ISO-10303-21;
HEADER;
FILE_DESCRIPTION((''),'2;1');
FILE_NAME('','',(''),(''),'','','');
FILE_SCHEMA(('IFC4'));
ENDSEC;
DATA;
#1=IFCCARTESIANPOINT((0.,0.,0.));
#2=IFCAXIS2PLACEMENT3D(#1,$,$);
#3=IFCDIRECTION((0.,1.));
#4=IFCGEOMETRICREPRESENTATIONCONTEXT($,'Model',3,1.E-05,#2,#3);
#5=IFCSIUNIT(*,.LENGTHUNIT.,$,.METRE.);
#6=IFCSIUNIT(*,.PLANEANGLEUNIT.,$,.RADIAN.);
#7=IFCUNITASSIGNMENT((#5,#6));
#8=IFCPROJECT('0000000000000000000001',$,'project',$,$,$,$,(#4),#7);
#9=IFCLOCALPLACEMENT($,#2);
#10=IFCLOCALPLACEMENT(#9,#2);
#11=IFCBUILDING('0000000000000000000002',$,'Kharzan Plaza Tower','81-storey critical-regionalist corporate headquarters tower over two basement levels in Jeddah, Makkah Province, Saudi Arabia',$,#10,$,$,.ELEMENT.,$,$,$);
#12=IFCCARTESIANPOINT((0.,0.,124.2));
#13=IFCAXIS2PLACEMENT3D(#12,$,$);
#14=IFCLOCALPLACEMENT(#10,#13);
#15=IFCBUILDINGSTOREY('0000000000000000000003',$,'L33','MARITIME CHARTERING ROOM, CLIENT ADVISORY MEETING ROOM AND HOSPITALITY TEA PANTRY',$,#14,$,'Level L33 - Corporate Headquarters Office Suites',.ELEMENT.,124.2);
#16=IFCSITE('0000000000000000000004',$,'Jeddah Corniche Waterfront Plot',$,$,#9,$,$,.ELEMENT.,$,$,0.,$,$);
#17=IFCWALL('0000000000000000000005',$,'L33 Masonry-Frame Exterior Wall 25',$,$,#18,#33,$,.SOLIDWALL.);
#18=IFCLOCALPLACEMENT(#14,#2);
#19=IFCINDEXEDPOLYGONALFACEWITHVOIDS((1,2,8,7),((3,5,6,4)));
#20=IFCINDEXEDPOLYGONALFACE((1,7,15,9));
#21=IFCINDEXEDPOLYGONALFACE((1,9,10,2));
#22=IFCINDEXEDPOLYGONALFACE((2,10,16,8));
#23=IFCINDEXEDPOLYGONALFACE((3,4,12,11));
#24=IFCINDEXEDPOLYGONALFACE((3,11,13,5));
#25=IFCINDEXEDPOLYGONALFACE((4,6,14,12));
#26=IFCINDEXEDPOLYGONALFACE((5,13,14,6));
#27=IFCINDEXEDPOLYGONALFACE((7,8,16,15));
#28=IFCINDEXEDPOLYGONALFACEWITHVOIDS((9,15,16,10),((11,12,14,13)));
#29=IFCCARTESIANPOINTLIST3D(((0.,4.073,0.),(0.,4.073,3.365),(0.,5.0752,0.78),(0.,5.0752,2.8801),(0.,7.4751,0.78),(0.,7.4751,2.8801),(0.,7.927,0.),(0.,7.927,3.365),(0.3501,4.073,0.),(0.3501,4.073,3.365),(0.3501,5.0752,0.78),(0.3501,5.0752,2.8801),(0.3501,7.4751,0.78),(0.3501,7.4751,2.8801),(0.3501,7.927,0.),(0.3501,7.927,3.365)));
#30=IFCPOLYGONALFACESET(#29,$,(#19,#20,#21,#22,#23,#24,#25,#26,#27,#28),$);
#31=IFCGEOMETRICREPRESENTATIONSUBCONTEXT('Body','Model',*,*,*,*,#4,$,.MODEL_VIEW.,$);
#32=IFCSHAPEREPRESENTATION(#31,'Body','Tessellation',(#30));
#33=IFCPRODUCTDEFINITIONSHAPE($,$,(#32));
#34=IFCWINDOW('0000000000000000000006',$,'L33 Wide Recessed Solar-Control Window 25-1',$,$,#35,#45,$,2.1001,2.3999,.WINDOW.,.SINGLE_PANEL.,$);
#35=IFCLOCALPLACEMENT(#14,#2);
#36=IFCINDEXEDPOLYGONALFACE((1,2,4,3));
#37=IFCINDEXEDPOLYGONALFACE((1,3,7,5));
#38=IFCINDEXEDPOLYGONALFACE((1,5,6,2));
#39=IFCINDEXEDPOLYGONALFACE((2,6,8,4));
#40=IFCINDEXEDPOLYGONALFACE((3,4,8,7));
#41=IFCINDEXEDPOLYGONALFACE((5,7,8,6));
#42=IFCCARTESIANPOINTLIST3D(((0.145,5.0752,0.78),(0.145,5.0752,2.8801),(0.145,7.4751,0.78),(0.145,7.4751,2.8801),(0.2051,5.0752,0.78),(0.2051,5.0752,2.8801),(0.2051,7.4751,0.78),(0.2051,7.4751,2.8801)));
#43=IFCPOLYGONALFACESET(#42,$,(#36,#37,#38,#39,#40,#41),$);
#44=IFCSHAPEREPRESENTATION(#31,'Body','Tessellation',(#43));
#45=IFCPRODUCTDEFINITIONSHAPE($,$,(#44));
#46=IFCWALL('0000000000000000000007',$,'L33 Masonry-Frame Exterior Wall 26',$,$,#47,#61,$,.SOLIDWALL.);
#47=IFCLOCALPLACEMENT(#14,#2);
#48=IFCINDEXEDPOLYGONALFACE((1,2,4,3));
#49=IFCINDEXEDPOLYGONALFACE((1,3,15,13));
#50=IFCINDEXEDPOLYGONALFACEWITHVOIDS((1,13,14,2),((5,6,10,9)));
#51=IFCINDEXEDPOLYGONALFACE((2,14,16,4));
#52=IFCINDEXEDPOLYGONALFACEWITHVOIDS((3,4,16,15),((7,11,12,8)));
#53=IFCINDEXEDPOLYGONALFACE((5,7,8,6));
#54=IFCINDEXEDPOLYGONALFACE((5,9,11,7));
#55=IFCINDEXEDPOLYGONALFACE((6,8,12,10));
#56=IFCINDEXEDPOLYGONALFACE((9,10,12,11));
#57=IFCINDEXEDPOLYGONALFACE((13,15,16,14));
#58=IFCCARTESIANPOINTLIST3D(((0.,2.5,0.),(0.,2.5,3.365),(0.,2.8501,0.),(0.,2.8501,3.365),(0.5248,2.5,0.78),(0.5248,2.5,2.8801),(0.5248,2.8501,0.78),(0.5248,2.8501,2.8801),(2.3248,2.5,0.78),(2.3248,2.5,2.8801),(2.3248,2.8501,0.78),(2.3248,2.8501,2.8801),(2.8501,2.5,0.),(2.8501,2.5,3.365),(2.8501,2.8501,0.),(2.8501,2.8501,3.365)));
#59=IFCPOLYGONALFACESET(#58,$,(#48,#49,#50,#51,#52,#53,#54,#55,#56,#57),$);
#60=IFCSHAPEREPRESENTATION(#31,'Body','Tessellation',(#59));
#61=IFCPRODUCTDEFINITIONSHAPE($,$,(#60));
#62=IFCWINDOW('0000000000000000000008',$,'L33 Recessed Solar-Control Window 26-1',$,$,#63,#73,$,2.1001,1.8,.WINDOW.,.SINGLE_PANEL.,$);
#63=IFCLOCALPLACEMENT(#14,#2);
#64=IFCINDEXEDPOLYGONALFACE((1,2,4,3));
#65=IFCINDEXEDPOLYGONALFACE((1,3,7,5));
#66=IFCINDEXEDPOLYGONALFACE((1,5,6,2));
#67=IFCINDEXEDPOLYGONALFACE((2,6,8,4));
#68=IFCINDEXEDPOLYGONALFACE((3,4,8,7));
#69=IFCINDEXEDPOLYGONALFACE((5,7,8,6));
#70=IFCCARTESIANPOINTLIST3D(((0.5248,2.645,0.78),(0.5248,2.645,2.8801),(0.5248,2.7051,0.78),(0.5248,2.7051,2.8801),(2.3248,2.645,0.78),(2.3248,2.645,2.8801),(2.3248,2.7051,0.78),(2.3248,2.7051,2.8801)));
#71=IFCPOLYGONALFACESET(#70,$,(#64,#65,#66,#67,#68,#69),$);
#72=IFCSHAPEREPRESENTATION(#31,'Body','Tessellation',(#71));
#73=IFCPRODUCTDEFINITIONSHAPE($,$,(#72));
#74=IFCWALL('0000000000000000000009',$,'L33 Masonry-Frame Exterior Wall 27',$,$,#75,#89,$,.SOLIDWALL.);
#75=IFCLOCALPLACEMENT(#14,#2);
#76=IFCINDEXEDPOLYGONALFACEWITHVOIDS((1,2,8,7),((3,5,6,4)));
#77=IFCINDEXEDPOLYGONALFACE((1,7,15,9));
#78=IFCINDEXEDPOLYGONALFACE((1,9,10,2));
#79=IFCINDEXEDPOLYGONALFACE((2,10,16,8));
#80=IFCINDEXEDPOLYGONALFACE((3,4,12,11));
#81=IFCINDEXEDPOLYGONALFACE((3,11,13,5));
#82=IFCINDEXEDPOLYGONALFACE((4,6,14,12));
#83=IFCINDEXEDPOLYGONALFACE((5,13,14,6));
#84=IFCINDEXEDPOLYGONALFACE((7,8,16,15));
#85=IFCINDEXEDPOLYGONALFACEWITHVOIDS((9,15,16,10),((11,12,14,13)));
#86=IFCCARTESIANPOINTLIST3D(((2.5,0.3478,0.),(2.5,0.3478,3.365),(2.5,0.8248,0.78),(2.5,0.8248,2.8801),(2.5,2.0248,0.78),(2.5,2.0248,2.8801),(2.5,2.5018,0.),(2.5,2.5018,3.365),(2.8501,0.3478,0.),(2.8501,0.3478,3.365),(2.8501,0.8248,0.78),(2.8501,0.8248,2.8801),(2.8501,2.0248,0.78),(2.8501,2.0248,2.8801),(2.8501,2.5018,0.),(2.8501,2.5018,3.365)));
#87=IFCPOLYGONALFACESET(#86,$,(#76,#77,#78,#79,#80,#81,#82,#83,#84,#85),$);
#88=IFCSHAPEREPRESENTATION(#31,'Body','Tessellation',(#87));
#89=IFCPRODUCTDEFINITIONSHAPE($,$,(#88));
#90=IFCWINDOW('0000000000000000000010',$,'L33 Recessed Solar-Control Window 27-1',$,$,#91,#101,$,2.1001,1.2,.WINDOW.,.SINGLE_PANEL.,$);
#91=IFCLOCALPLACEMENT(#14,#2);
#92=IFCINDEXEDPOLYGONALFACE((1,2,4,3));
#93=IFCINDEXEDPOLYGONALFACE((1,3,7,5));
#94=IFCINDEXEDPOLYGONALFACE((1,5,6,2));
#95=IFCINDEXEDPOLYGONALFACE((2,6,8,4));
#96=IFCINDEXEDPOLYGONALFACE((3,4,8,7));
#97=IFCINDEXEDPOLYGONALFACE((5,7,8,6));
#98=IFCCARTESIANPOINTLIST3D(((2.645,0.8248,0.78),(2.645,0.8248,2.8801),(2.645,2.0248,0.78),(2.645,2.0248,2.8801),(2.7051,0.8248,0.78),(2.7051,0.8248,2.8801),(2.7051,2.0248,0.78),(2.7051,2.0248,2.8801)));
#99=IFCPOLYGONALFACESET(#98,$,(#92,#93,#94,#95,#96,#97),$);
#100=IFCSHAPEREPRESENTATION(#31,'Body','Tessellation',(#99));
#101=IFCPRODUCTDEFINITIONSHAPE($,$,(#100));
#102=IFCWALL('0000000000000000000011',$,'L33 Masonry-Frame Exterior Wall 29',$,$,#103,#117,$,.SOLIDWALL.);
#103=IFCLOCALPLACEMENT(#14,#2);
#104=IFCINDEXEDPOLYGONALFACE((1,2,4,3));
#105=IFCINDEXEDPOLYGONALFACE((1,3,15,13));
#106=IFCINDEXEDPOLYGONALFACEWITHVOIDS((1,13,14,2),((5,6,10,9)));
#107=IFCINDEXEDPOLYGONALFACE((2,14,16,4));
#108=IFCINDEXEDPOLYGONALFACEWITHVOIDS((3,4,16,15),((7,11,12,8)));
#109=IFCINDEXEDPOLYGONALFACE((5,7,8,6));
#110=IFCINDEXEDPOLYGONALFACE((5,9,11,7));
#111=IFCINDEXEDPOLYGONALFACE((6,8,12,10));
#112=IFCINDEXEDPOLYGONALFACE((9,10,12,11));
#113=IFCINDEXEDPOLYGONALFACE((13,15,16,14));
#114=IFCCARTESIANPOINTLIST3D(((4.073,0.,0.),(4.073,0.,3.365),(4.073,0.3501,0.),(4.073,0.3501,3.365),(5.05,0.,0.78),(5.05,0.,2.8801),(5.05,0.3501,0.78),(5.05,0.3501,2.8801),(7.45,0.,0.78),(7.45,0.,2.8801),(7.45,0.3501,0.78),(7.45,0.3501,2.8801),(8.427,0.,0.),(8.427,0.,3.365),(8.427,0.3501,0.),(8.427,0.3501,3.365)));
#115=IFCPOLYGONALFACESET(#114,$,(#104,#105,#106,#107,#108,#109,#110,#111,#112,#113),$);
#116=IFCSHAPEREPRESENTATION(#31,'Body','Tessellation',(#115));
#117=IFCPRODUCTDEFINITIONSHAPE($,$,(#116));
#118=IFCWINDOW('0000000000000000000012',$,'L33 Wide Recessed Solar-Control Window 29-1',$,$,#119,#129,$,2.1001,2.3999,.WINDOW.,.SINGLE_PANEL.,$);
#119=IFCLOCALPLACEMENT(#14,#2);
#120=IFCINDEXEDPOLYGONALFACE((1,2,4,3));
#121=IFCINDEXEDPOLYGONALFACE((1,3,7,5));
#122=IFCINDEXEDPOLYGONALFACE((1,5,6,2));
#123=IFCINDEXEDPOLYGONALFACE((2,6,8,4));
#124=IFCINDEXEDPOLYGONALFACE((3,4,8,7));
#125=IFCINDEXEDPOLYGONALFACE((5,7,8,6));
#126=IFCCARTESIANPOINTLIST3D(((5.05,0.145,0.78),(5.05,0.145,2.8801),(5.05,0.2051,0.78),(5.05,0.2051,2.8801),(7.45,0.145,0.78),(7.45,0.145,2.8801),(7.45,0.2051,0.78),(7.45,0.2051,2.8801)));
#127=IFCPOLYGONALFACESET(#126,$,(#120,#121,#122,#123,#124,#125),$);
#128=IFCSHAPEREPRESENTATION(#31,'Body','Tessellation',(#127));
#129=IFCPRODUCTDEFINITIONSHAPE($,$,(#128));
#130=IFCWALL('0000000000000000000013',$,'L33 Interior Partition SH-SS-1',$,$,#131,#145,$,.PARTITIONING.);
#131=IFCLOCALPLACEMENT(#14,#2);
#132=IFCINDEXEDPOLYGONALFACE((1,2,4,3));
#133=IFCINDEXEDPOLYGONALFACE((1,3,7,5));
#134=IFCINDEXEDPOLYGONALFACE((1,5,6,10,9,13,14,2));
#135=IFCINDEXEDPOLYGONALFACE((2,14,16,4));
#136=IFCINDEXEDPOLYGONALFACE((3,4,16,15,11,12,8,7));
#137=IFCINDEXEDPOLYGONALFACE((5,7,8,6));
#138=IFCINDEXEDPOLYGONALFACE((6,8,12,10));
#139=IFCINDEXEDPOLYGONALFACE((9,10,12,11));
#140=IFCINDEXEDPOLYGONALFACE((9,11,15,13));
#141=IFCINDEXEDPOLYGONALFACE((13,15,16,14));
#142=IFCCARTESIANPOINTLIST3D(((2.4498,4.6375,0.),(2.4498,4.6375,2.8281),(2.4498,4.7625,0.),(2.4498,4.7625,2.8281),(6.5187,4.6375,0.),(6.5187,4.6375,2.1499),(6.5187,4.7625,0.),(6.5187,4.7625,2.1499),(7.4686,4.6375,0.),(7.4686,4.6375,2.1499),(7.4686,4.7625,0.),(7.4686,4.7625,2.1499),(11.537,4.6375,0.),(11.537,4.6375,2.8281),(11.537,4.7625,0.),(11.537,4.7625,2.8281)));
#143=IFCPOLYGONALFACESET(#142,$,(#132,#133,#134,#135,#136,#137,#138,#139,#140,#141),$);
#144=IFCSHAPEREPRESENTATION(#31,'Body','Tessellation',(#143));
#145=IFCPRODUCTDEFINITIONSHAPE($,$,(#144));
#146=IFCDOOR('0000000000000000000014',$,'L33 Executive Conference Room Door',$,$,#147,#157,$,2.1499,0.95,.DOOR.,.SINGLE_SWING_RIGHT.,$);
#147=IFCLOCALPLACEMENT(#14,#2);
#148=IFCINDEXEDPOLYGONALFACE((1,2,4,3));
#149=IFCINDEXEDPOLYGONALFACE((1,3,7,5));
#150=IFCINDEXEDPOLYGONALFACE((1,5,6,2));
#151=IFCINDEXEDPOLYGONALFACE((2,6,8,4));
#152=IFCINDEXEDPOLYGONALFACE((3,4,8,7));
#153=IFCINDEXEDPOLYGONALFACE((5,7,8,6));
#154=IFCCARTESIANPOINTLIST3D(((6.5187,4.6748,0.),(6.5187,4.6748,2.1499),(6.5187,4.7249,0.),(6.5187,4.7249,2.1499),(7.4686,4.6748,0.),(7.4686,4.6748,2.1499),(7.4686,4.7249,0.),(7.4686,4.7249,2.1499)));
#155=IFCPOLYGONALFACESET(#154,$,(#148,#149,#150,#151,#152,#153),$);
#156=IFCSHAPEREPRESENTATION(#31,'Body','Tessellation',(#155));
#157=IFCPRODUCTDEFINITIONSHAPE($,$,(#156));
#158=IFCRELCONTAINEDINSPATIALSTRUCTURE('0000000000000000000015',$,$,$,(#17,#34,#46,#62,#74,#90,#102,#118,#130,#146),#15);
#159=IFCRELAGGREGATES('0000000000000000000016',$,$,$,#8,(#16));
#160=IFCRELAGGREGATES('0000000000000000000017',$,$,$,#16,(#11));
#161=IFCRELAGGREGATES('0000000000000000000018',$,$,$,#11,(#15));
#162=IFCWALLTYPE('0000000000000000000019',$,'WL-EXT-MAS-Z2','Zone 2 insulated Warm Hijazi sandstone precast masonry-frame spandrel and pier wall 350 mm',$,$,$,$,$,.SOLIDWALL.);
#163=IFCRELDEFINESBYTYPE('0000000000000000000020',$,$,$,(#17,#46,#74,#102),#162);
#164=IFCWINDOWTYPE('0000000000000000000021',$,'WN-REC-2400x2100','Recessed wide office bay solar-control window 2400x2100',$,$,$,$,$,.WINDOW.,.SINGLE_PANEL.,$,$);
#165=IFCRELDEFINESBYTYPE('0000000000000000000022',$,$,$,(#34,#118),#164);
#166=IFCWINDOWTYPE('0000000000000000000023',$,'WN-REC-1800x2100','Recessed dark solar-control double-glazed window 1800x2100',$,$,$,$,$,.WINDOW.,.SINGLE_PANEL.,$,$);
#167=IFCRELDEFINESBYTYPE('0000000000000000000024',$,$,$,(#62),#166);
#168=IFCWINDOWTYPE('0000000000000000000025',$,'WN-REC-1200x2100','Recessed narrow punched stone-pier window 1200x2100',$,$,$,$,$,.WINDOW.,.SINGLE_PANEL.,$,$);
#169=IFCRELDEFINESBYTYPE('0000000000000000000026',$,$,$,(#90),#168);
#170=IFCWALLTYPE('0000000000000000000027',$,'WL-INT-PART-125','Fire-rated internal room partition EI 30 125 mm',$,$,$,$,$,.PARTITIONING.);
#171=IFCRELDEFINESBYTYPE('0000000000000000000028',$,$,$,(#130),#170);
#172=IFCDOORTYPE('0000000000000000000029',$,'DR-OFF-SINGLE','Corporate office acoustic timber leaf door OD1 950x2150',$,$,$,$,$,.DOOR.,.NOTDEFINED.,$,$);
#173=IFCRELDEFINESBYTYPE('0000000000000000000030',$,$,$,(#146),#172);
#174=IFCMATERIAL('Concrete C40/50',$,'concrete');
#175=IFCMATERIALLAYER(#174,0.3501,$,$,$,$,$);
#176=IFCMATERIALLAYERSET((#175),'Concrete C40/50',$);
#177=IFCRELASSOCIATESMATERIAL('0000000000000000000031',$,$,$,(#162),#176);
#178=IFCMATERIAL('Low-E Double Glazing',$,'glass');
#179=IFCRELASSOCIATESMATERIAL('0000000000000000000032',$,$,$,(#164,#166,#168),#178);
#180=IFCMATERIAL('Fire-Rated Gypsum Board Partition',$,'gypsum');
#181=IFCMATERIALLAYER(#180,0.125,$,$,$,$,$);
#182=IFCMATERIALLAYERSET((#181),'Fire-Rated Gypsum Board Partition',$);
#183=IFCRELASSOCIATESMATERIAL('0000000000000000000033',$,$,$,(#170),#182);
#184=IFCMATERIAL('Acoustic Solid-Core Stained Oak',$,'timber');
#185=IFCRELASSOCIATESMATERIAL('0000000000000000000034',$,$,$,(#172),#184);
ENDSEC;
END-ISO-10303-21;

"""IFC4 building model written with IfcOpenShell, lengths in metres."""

from ifc_helpers import new_model, si_unit, direction, frame, frame_2d, origin, place, context, subcontext, project, spatial, rectangle, extrude, source, transform, mapped, material, layer, layer_set, type_object, element, fill, save


model = new_model("IFC4")

# Units and contexts
model_context = context("Model", 3, precision=1e-05, world=origin(), true_north=direction((0.0, 1.0)))
body_context = subcontext(model_context, "Body", "Model", "MODEL_VIEW")
ifc_project = project(units=[si_unit("LENGTHUNIT", "METRE"), si_unit("PLANEANGLEUNIT", "RADIAN")], contexts=[model_context])

# Site, building, storey
site_placement = place(None, origin())
site = spatial("IfcSite", under=ifc_project, at=site_placement, Name="Jeddah Corniche Waterfront Plot", CompositionType="ELEMENT", RefElevation=0.0)
building_placement = place(site_placement, origin())
building = spatial("IfcBuilding", under=site, at=building_placement, Name="Kharzan Plaza Tower", Description="81-storey critical-regionalist corporate headquarters tower over two basement levels in Jeddah, Makkah Province, Saudi Arabia", CompositionType="ELEMENT")
storey_placement = place(building_placement, frame((0.0, 0.0, 124.2)))
storey = spatial("IfcBuildingStorey", under=building, at=storey_placement, Name="L33", Description="MARITIME CHARTERING ROOM, CLIENT ADVISORY MEETING ROOM AND HOSPITALITY TEA PANTRY", LongName="Level L33 - Corporate Headquarters Office Suites", CompositionType="ELEMENT", Elevation=124.2)

# Shared definitions
ifc_material_1 = material(Name="Concrete C40/50", Category="concrete")

# Walls, openings, windows
ifc_layer_1 = layer(ifc_material_1, 0.3501)
ifc_layer_set_1 = layer_set([ifc_layer_1], Name="Concrete C40/50")
wall_type_1 = type_object("IfcWallType", Name="WL-EXT-MAS-Z2", Description="Zone 2 insulated Warm Hijazi sandstone precast masonry-frame spandrel and pier wall 350 mm", PredefinedType="SOLIDWALL", material=ifc_layer_set_1)
wall_1_placement = place(storey_placement, frame((0.175, 7.927, 0.0), z_axis=(0.0, 0.0, 1.0), x_axis=(0.0, -1.0, 0.0)))
wall_1 = element("IfcWall", 1, at=wall_1_placement, inside=storey, type_object=wall_type_1, Name="L33 Masonry-Frame Exterior Wall 25", PredefinedType="SOLIDWALL", context=body_context, shape_type="SweptSolid", body=[
    extrude(rectangle(XDim=3.854, YDim=0.3501, at=frame_2d((1.927, 0.0))), origin(), (0.0, 0.0, 1.0), 3.365),
])
opening_1_placement = place(wall_1_placement, frame((0.4519, 0.0, 0.78)))
opening_1 = element("IfcOpeningElement", 2, at=opening_1_placement, cuts=wall_1, PredefinedType="OPENING", context=body_context, shape_type="SweptSolid", body=[
    extrude(rectangle(XDim=2.3999, YDim=2.1001, at=frame_2d((1.2, 1.05))), frame((0.0, 0.1851, 0.0), z_axis=(0.0, -1.0, 0.0), x_axis=(1.0, 0.0, 0.0)), (0.0, 0.0, 1.0), 0.3701),
])
ifc_material_2 = material(Name="Low-E Double Glazing", Category="glass")
window_type_1 = type_object("IfcWindowType", Name="WN-REC-2400x2100", Description="Recessed wide office bay solar-control window 2400x2100", PartitioningType="SINGLE_PANEL", PredefinedType="WINDOW", material=ifc_material_2)
shared_shape_1 = source(origin(), body_context, "Body", "SweptSolid", [
    extrude(rectangle(XDim=2.3999, YDim=2.1001, at=frame_2d((1.2, 1.05))), frame((0.0, 0.03, 0.0), z_axis=(0.0, -1.0, 0.0), x_axis=(1.0, 0.0, 0.0)), (0.0, 0.0, 1.0), 0.0601),
])
window_1_placement = place(opening_1_placement, origin())
window_1 = element("IfcWindow", 3, at=window_1_placement, inside=storey, type_object=window_type_1, Name="L33 Wide Recessed Solar-Control Window 25-1", OverallHeight=2.1001, OverallWidth=2.3999, PartitioningType="SINGLE_PANEL", PredefinedType="WINDOW", context=body_context, shape_type="MappedRepresentation", body=[
    mapped(shared_shape_1, transform((0.0, 0.0, 0.0), x_axis=(1.0, 0.0, 0.0), y_axis=(0.0, 1.0, 0.0), z_axis=(0.0, 0.0, 1.0))),
])
fill(opening_1, window_1)
wall_2_placement = place(storey_placement, frame((0.0, 2.675, 0.0), z_axis=(0.0, 0.0, 1.0), x_axis=(1.0, 0.0, 0.0)))
wall_2 = element("IfcWall", 4, at=wall_2_placement, inside=storey, type_object=wall_type_1, Name="L33 Masonry-Frame Exterior Wall 26", PredefinedType="SOLIDWALL", context=body_context, shape_type="SweptSolid", body=[
    extrude(rectangle(XDim=2.8501, YDim=0.3501, at=frame_2d((1.425, 0.0))), origin(), (0.0, 0.0, 1.0), 3.365),
])
opening_2_placement = place(wall_2_placement, frame((0.5249, 0.0, 0.78)))
opening_2 = element("IfcOpeningElement", 5, at=opening_2_placement, cuts=wall_2, PredefinedType="OPENING", context=body_context, shape_type="SweptSolid", body=[
    extrude(rectangle(XDim=1.8, YDim=2.1001, at=frame_2d((0.8999, 1.05))), frame((0.0, 0.1851, 0.0), z_axis=(0.0, -1.0, 0.0), x_axis=(1.0, 0.0, 0.0)), (0.0, 0.0, 1.0), 0.3701),
])
window_type_2 = type_object("IfcWindowType", Name="WN-REC-1800x2100", Description="Recessed dark solar-control double-glazed window 1800x2100", PartitioningType="SINGLE_PANEL", PredefinedType="WINDOW", material=ifc_material_2)
shared_shape_2 = source(origin(), body_context, "Body", "SweptSolid", [
    extrude(rectangle(XDim=1.8, YDim=2.1001, at=frame_2d((0.8999, 1.05))), frame((0.0, 0.03, 0.0), z_axis=(0.0, -1.0, 0.0), x_axis=(1.0, 0.0, 0.0)), (0.0, 0.0, 1.0), 0.0601),
])
window_2_placement = place(opening_2_placement, origin())
window_2 = element("IfcWindow", 6, at=window_2_placement, inside=storey, type_object=window_type_2, Name="L33 Recessed Solar-Control Window 26-1", OverallHeight=2.1001, OverallWidth=1.8, PartitioningType="SINGLE_PANEL", PredefinedType="WINDOW", context=body_context, shape_type="MappedRepresentation", body=[
    mapped(shared_shape_2, transform((0.0, 0.0, 0.0), x_axis=(1.0, 0.0, 0.0), y_axis=(0.0, 1.0, 0.0), z_axis=(0.0, 0.0, 1.0))),
])
fill(opening_2, window_2)
wall_3_placement = place(storey_placement, frame((2.675, 2.502, 0.0), z_axis=(0.0, 0.0, 1.0), x_axis=(0.0, -1.0, 0.0)))
wall_3 = element("IfcWall", 7, at=wall_3_placement, inside=storey, type_object=wall_type_1, Name="L33 Masonry-Frame Exterior Wall 27", PredefinedType="SOLIDWALL", context=body_context, shape_type="SweptSolid", body=[
    extrude(rectangle(XDim=2.1541, YDim=0.3501, at=frame_2d((1.0771, 0.0))), origin(), (0.0, 0.0, 1.0), 3.365),
])
opening_3_placement = place(wall_3_placement, frame((0.4771, 0.0, 0.78)))
opening_3 = element("IfcOpeningElement", 8, at=opening_3_placement, cuts=wall_3, PredefinedType="OPENING", context=body_context, shape_type="SweptSolid", body=[
    extrude(rectangle(XDim=1.2, YDim=2.1001, at=frame_2d((0.6001, 1.05))), frame((0.0, 0.1851, 0.0), z_axis=(0.0, -1.0, 0.0), x_axis=(1.0, 0.0, 0.0)), (0.0, 0.0, 1.0), 0.3701),
])
window_type_3 = type_object("IfcWindowType", Name="WN-REC-1200x2100", Description="Recessed narrow punched stone-pier window 1200x2100", PartitioningType="SINGLE_PANEL", PredefinedType="WINDOW", material=ifc_material_2)
shared_shape_3 = source(origin(), body_context, "Body", "SweptSolid", [
    extrude(rectangle(XDim=1.2, YDim=2.1001, at=frame_2d((0.6001, 1.05))), frame((0.0, 0.03, 0.0), z_axis=(0.0, -1.0, 0.0), x_axis=(1.0, 0.0, 0.0)), (0.0, 0.0, 1.0), 0.0601),
])
window_3_placement = place(opening_3_placement, origin())
window_3 = element("IfcWindow", 9, at=window_3_placement, inside=storey, type_object=window_type_3, Name="L33 Recessed Solar-Control Window 27-1", OverallHeight=2.1001, OverallWidth=1.2, PartitioningType="SINGLE_PANEL", PredefinedType="WINDOW", context=body_context, shape_type="MappedRepresentation", body=[
    mapped(shared_shape_3, transform((0.0, 0.0, 0.0), x_axis=(1.0, 0.0, 0.0), y_axis=(0.0, 1.0, 0.0), z_axis=(0.0, 0.0, 1.0))),
])
fill(opening_3, window_3)
wall_4_placement = place(storey_placement, frame((4.073, 0.175, 0.0), z_axis=(0.0, 0.0, 1.0), x_axis=(1.0, 0.0, 0.0)))
wall_4 = element("IfcWall", 10, at=wall_4_placement, inside=storey, type_object=wall_type_1, Name="L33 Masonry-Frame Exterior Wall 29", PredefinedType="SOLIDWALL", context=body_context, shape_type="SweptSolid", body=[
    extrude(rectangle(XDim=4.354, YDim=0.3501, at=frame_2d((2.177, 0.0))), origin(), (0.0, 0.0, 1.0), 3.365),
])
opening_4_placement = place(wall_4_placement, frame((0.9771, 0.0, 0.78)))
opening_4 = element("IfcOpeningElement", 11, at=opening_4_placement, cuts=wall_4, PredefinedType="OPENING", context=body_context, shape_type="SweptSolid", body=[
    extrude(rectangle(XDim=2.3999, YDim=2.1001, at=frame_2d((1.2, 1.05))), frame((0.0, 0.1851, 0.0), z_axis=(0.0, -1.0, 0.0), x_axis=(1.0, 0.0, 0.0)), (0.0, 0.0, 1.0), 0.3701),
])
window_4_placement = place(opening_4_placement, origin())
window_4 = element("IfcWindow", 12, at=window_4_placement, inside=storey, type_object=window_type_1, Name="L33 Wide Recessed Solar-Control Window 29-1", OverallHeight=2.1001, OverallWidth=2.3999, PartitioningType="SINGLE_PANEL", PredefinedType="WINDOW", context=body_context, shape_type="MappedRepresentation", body=[
    mapped(shared_shape_1, transform((0.0, 0.0, 0.0), x_axis=(1.0, 0.0, 0.0), y_axis=(0.0, 1.0, 0.0), z_axis=(0.0, 0.0, 1.0))),
])
fill(opening_4, window_4)

# Wall, opening, door
ifc_material_3 = material(Name="Fire-Rated Gypsum Board Partition", Category="gypsum")
ifc_layer_2 = layer(ifc_material_3, 0.125)
ifc_layer_set_2 = layer_set([ifc_layer_2], Name="Fire-Rated Gypsum Board Partition")
wall_type_2 = type_object("IfcWallType", Name="WL-INT-PART-125", Description="Fire-rated internal room partition EI 30 125 mm", PredefinedType="PARTITIONING", material=ifc_layer_set_2)
ifc_material_4 = material(Name="Acoustic Solid-Core Stained Oak", Category="timber")
door_type = type_object("IfcDoorType", Name="DR-OFF-SINGLE", Description="Corporate office acoustic timber leaf door OD1 950x2150", OperationType="NOTDEFINED", PredefinedType="DOOR", material=ifc_material_4)
shared_shape_4 = source(origin(), body_context, "Body", "SweptSolid", [
    extrude(rectangle(XDim=0.95, YDim=2.1499, at=frame_2d((0.4751, 1.075))), frame((0.0, 0.0249, 0.0), z_axis=(0.0, -1.0, 0.0), x_axis=(1.0, 0.0, 0.0)), (0.0, 0.0, 1.0), 0.05),
])
wall_5_placement = place(storey_placement, frame((2.45, 4.7, 0.0), z_axis=(0.0, 0.0, 1.0), x_axis=(1.0, 0.0, 0.0)))
wall_5 = element("IfcWall", 13, at=wall_5_placement, inside=storey, type_object=wall_type_2, Name="L33 Interior Partition SH-SS-1", PredefinedType="PARTITIONING", context=body_context, shape_type="SweptSolid", body=[
    extrude(rectangle(XDim=9.0872, YDim=0.125, at=frame_2d((4.5435, 0.0))), origin(), (0.0, 0.0, 1.0), 2.8281),
])
opening_5_placement = place(wall_5_placement, frame((4.0686, 0.0, 0.0)))
opening_5 = element("IfcOpeningElement", 14, at=opening_5_placement, cuts=wall_5, PredefinedType="OPENING", context=body_context, shape_type="SweptSolid", body=[
    extrude(rectangle(XDim=0.95, YDim=2.1499, at=frame_2d((0.4751, 1.075))), frame((0.0, 0.0725, 0.0), z_axis=(0.0, -1.0, 0.0), x_axis=(1.0, 0.0, 0.0)), (0.0, 0.0, 1.0), 0.145),
])
door_1_placement = place(opening_5_placement, origin())
door_1 = element("IfcDoor", 15, at=door_1_placement, inside=storey, type_object=door_type, Name="L33 Executive Conference Room Door", OperationType="SINGLE_SWING_RIGHT", OverallHeight=2.1499, OverallWidth=0.95, PredefinedType="DOOR", context=body_context, shape_type="MappedRepresentation", body=[
    mapped(shared_shape_4, transform((0.0, 0.0, 0.0), x_axis=(1.0, 0.0, 0.0), y_axis=(0.0, 1.0, 0.0), z_axis=(0.0, 0.0, 1.0))),
])
fill(opening_5, door_1)

save(model, "model.ifc")
